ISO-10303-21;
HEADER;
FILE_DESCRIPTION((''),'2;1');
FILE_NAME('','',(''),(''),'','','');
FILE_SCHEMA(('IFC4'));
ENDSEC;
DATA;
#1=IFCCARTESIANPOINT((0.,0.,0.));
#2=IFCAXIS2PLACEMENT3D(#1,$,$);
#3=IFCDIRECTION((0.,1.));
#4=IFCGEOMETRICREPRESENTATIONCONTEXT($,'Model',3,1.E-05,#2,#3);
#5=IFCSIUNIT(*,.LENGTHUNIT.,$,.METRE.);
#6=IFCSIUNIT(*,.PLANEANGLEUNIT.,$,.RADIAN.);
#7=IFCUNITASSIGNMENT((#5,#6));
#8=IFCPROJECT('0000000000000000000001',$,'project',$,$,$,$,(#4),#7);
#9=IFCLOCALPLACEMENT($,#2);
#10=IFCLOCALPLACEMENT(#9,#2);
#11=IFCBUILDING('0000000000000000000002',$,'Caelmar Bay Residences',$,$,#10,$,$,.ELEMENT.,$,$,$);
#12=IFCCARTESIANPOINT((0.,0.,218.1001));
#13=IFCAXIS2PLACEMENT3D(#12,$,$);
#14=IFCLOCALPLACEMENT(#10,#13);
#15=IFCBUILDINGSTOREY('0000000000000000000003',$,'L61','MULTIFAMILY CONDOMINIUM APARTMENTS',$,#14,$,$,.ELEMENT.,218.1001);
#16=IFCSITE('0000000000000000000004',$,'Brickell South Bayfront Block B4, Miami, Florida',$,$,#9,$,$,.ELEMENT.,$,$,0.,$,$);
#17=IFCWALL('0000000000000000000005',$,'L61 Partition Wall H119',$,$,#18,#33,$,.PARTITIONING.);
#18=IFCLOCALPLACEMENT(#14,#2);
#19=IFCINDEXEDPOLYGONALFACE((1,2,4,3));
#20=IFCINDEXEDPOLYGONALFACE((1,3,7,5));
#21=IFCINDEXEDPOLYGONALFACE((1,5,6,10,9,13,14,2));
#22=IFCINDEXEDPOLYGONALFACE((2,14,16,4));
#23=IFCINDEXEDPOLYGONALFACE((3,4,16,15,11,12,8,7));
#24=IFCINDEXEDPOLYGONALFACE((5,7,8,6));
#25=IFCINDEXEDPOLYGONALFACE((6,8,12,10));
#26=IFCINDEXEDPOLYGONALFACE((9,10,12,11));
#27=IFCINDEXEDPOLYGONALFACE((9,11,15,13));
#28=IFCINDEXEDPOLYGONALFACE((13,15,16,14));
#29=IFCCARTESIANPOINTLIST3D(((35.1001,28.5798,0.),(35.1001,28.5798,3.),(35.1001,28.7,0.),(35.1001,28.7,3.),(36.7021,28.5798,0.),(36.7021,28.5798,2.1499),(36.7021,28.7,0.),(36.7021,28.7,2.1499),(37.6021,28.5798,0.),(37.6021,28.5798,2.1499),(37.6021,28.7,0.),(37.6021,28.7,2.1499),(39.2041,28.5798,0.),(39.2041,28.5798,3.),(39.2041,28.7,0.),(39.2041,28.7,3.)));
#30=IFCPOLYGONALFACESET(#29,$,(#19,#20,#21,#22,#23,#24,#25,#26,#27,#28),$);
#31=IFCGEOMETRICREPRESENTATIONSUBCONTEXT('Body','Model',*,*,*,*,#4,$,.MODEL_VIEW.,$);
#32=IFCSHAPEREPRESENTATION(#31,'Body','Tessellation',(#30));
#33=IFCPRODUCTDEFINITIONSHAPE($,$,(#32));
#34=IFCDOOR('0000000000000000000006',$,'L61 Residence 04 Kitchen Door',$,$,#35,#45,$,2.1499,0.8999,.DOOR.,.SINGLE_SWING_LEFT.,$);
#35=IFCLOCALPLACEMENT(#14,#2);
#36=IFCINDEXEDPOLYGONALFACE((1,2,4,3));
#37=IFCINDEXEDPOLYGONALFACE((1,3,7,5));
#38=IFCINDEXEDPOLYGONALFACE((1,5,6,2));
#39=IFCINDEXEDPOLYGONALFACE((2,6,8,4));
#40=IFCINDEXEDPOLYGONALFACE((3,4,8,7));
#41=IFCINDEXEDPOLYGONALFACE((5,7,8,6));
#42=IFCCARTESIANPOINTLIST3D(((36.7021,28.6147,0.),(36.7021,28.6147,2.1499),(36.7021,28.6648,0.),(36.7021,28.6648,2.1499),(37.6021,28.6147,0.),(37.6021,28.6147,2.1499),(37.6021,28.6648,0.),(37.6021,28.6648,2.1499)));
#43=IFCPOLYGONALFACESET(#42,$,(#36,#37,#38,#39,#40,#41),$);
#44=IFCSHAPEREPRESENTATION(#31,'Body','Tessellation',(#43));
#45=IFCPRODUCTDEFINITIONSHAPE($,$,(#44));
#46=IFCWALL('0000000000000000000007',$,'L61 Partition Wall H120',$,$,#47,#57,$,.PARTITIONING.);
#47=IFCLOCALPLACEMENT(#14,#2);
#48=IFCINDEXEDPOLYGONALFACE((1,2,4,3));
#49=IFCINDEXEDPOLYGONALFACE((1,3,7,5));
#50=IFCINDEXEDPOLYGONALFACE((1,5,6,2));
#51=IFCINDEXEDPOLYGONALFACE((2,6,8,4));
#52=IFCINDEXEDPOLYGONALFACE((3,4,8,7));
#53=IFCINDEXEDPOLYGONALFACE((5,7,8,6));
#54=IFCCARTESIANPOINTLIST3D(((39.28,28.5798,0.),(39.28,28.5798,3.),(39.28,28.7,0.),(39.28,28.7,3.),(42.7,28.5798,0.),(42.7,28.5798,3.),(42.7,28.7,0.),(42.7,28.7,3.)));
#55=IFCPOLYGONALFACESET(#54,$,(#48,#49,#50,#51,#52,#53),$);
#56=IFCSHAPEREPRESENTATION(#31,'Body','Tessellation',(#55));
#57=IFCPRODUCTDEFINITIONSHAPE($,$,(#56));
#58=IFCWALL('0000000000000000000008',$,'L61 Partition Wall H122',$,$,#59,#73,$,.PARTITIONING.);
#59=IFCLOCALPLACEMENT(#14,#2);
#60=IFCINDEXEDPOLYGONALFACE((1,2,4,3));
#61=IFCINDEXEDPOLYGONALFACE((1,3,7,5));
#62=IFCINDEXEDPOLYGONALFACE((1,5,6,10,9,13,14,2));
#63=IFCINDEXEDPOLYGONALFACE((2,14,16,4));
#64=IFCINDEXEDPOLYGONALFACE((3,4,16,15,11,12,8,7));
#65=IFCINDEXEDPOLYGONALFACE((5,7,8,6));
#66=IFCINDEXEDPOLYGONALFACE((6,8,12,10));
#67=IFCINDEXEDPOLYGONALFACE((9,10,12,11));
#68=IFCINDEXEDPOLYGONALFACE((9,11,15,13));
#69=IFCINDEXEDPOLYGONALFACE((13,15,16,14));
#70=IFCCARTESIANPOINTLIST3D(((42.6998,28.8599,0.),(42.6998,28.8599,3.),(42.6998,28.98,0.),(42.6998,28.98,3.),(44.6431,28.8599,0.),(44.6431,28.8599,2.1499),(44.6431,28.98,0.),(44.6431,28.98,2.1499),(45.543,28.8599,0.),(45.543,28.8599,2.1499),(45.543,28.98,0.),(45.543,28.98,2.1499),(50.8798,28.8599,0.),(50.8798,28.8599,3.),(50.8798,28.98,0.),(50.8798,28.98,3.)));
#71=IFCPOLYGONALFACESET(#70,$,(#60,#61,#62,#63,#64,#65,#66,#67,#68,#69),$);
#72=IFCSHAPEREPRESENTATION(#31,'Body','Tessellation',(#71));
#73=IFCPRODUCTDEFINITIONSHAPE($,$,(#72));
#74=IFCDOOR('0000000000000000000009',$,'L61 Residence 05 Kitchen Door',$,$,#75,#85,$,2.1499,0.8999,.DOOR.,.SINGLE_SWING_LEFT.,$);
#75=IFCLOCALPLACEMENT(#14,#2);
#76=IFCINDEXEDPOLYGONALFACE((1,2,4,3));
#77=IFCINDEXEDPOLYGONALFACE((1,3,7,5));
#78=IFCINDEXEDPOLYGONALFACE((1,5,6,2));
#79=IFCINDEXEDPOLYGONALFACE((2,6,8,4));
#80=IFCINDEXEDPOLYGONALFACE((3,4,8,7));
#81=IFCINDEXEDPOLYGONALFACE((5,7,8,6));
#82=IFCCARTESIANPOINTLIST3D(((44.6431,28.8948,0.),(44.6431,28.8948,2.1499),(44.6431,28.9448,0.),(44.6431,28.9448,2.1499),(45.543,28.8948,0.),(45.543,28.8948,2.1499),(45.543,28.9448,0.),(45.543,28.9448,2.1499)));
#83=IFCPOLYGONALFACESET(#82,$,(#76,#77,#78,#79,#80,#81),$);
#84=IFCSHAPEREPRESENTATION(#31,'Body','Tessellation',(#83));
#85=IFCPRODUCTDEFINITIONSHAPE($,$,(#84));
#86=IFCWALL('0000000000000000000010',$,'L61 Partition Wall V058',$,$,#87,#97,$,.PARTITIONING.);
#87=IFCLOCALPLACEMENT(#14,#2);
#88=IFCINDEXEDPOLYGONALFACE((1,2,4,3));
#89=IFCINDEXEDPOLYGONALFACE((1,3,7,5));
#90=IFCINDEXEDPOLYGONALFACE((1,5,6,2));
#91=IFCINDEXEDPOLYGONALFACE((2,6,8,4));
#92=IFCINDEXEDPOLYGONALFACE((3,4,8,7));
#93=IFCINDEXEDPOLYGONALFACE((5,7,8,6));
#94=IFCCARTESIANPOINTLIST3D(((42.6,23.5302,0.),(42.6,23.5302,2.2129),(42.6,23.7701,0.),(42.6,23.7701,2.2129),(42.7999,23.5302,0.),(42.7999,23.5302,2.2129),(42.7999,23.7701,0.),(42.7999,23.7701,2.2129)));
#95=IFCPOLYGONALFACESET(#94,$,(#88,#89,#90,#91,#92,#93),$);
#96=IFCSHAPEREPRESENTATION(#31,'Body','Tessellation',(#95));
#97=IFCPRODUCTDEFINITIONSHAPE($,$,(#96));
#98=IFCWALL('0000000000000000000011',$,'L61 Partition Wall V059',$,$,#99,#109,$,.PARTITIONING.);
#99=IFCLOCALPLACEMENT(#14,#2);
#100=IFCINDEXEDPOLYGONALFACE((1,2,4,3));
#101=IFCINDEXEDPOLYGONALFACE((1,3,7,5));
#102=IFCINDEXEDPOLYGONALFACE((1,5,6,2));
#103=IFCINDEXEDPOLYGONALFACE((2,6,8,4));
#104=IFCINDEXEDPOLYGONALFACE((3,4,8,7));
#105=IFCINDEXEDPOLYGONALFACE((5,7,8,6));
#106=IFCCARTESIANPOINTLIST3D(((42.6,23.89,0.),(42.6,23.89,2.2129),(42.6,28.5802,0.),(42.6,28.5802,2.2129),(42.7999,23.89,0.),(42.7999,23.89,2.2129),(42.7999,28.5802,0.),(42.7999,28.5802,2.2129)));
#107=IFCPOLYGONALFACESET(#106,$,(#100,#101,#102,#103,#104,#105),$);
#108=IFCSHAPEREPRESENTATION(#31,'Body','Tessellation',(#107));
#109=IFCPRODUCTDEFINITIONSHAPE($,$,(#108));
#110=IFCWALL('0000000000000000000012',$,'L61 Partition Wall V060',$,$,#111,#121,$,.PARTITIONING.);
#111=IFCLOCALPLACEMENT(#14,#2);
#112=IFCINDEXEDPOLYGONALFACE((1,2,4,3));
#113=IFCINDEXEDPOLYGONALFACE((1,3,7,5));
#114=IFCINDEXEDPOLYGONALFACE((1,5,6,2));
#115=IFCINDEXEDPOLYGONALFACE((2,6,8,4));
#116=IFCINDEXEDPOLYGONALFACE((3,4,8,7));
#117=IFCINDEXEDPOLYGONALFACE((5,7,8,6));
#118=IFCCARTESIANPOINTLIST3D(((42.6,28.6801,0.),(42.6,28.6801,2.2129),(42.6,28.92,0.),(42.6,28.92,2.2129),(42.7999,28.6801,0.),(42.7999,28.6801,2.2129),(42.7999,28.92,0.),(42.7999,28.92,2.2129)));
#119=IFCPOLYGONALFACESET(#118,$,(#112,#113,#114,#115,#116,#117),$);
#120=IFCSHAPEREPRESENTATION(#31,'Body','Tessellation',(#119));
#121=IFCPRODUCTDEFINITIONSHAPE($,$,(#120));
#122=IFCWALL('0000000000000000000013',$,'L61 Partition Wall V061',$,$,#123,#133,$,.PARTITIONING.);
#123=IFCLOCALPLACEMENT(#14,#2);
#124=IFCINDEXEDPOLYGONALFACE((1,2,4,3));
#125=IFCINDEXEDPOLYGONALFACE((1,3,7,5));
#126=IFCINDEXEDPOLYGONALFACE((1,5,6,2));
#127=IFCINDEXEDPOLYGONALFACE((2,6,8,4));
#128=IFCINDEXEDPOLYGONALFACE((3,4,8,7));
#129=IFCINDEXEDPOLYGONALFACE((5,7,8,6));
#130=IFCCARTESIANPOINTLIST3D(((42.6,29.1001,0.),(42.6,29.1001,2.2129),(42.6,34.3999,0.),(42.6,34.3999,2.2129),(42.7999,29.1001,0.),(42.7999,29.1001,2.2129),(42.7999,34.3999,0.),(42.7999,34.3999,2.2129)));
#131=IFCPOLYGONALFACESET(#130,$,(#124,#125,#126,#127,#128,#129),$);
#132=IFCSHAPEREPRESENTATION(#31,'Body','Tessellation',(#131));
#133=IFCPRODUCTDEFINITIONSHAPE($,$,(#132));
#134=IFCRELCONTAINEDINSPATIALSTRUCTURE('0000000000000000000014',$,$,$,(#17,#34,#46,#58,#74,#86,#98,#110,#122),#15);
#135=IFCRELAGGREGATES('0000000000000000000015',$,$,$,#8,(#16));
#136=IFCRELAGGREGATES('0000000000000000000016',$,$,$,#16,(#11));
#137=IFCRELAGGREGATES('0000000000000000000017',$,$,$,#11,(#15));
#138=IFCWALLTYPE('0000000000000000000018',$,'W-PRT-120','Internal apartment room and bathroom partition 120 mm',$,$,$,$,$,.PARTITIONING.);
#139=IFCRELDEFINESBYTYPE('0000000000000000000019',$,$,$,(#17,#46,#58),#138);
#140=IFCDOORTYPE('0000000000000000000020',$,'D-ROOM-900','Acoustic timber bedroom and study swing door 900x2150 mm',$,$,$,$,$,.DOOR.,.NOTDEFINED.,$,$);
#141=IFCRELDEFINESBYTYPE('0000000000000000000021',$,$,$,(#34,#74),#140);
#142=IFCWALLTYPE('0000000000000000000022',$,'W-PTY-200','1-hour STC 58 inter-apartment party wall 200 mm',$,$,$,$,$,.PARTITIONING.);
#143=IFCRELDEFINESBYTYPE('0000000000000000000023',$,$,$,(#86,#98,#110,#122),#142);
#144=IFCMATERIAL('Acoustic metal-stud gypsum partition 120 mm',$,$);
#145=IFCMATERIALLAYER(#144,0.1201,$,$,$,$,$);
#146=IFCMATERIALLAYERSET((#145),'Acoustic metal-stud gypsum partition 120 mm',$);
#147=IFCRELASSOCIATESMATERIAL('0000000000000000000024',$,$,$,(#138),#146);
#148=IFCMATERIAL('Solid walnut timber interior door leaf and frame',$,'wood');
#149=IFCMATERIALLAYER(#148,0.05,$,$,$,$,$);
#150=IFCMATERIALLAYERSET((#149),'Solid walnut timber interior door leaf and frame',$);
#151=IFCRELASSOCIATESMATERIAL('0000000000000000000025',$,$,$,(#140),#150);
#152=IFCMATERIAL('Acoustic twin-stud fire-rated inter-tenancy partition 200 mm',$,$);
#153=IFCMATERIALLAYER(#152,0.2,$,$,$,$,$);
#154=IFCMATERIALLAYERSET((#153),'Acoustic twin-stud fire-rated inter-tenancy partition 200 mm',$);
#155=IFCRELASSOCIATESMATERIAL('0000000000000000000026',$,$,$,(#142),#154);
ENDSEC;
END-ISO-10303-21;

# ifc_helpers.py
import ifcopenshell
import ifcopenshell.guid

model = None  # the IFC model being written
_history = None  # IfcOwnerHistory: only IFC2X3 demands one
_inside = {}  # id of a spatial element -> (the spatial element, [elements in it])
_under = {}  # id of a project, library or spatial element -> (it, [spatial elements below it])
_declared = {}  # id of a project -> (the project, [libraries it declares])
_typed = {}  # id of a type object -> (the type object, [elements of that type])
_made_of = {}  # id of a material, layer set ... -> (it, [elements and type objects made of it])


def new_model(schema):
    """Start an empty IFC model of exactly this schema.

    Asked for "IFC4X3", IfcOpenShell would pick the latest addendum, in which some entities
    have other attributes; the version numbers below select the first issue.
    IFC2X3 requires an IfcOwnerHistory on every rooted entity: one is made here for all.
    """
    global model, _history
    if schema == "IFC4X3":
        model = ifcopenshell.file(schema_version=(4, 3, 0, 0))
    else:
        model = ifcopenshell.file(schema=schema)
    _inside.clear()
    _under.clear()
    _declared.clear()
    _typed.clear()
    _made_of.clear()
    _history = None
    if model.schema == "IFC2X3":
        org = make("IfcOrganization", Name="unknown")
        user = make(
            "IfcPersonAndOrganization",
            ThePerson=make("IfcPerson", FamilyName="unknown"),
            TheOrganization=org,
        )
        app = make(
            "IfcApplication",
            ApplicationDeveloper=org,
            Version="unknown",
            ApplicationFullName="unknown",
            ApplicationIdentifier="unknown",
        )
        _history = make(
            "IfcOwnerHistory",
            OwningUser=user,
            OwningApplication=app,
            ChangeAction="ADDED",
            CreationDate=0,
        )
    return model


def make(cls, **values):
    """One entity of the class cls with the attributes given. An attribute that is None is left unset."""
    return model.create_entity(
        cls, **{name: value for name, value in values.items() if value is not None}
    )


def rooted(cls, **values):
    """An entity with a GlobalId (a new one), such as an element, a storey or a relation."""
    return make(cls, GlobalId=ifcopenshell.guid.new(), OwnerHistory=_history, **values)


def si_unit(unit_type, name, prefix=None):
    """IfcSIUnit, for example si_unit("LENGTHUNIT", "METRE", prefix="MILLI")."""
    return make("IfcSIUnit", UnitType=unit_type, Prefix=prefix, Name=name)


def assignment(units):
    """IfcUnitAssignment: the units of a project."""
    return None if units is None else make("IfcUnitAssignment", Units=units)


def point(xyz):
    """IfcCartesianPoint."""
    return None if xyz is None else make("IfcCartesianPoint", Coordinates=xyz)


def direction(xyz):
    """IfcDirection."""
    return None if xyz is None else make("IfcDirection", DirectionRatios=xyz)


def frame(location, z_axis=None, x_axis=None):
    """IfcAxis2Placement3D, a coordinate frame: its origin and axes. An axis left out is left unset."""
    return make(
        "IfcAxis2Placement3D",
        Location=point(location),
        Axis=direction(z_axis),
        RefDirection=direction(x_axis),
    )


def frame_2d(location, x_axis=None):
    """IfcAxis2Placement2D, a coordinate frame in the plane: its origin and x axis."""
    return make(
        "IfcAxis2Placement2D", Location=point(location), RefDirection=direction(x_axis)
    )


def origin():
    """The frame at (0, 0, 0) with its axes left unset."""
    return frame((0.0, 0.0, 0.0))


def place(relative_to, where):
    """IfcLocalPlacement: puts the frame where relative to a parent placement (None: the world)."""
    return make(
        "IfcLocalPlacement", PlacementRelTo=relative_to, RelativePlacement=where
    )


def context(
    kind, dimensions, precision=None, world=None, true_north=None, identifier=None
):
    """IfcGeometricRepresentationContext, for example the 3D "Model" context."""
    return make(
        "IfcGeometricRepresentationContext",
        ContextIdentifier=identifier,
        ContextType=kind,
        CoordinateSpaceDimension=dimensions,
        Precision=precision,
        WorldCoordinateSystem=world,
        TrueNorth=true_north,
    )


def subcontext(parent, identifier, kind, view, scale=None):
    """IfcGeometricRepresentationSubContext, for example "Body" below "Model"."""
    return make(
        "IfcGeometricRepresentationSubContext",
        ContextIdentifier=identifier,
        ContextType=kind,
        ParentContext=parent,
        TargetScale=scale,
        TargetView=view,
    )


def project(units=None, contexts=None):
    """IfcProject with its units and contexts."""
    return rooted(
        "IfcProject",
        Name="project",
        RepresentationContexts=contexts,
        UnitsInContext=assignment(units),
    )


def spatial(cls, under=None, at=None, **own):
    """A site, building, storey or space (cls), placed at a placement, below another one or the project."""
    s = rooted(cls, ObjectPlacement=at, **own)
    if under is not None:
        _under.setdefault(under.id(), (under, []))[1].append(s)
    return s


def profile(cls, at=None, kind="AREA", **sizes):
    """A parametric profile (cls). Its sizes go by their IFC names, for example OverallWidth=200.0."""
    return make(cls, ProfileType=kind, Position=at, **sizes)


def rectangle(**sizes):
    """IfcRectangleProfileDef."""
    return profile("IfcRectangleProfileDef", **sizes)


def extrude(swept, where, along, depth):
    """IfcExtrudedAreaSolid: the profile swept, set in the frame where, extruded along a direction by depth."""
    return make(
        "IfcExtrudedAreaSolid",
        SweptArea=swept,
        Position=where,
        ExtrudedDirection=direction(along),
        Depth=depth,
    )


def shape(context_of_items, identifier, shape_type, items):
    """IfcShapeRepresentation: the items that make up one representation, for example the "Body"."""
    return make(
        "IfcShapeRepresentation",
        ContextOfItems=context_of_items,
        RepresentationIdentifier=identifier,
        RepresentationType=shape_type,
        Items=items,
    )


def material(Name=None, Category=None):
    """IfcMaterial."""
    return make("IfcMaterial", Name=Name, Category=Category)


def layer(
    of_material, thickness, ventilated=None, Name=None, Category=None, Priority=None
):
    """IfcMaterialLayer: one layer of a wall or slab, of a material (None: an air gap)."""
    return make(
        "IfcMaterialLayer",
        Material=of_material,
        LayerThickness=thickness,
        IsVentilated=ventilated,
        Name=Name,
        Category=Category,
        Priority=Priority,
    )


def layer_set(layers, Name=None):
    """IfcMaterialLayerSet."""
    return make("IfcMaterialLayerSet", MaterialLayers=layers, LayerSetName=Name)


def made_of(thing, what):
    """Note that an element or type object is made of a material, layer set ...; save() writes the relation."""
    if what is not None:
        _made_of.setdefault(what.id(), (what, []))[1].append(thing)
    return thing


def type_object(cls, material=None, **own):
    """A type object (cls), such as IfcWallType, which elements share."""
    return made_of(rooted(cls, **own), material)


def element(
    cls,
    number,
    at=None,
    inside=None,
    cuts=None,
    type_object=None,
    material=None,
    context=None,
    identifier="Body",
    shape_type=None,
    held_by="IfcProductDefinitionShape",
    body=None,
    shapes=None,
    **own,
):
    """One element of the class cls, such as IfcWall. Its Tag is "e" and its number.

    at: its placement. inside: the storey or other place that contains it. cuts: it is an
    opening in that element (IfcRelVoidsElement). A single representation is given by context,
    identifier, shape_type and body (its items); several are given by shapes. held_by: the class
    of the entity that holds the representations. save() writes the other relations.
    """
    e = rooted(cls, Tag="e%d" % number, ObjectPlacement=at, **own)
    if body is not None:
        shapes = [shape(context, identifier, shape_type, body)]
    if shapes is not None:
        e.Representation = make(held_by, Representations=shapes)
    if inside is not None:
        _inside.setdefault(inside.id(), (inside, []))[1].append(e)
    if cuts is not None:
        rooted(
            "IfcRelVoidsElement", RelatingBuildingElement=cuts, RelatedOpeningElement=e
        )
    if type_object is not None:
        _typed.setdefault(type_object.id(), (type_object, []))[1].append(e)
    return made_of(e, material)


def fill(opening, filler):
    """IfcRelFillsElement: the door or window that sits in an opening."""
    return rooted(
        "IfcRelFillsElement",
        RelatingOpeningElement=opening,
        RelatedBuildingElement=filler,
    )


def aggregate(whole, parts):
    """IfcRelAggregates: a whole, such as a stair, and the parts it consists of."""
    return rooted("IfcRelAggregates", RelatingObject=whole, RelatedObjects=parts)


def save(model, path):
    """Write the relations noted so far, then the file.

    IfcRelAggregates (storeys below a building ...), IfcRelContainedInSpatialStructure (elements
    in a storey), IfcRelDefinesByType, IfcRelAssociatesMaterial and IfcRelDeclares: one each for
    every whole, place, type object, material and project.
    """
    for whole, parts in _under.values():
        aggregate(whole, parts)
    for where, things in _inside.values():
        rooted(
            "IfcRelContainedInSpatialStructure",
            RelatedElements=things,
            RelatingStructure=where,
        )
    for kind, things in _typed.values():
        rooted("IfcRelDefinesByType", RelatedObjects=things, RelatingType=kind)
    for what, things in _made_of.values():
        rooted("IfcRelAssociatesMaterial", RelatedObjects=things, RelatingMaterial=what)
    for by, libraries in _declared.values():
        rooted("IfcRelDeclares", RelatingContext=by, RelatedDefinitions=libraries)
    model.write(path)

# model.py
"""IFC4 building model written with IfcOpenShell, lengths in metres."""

from ifc_helpers import new_model, si_unit, direction, frame, frame_2d, origin, place, context, subcontext, project, spatial, rectangle, extrude, material, layer, layer_set, type_object, element, fill, save


model = new_model("IFC4")

# Units and contexts
model_context = context("Model", 3, precision=1e-05, world=origin(), true_north=direction((0.0, 1.0)))
body_context = subcontext(model_context, "Body", "Model", "MODEL_VIEW")
ifc_project = project(units=[si_unit("LENGTHUNIT", "METRE"), si_unit("PLANEANGLEUNIT", "RADIAN")], contexts=[model_context])

# Site, building, storey
site_placement = place(None, origin())
site = spatial("IfcSite", under=ifc_project, at=site_placement, Name="Brickell South Bayfront Block B4, Miami, Florida", CompositionType="ELEMENT", RefElevation=0.0)
building_placement = place(site_placement, origin())
building = spatial("IfcBuilding", under=site, at=building_placement, Name="Caelmar Bay Residences", CompositionType="ELEMENT")
storey_placement = place(building_placement, frame((0.0, 0.0, 218.1001)))
storey = spatial("IfcBuildingStorey", under=building, at=storey_placement, Name="L61", Description="MULTIFAMILY CONDOMINIUM APARTMENTS", CompositionType="ELEMENT", Elevation=218.1001)

# Shared definitions
ifc_material_1 = material(Name="Acoustic metal-stud gypsum partition 120 mm")
ifc_layer_1 = layer(ifc_material_1, 0.1201)
ifc_layer_set_1 = layer_set([ifc_layer_1], Name="Acoustic metal-stud gypsum partition 120 mm")
wall_type_1 = type_object("IfcWallType", Name="W-PRT-120", Description="Internal apartment room and bathroom partition 120 mm", PredefinedType="PARTITIONING", material=ifc_layer_set_1)

# Shared definitions
ifc_material_2 = material(Name="Solid walnut timber interior door leaf and frame", Category="wood")
ifc_layer_2 = layer(ifc_material_2, 0.05)
ifc_layer_set_2 = layer_set([ifc_layer_2], Name="Solid walnut timber interior door leaf and frame")
door_type_1 = type_object("IfcDoorType", Name="D-ROOM-900", Description="Acoustic timber bedroom and study swing door 900x2150 mm", OperationType="NOTDEFINED", PredefinedType="DOOR", material=ifc_layer_set_2)

# Wall, opening, door
wall_1_placement = place(storey_placement, frame((35.1001, 28.6399, 0.0), z_axis=(0.0, 0.0, 1.0), x_axis=(1.0, 0.0, 0.0)))
wall_1 = element("IfcWall", 1, at=wall_1_placement, inside=storey, type_object=wall_type_1, Name="L61 Partition Wall H119", PredefinedType="PARTITIONING", context=body_context, shape_type="SweptSolid", body=[
    extrude(rectangle(XDim=4.104, YDim=0.1201, at=frame_2d((2.052, 0.0))), origin(), (0.0, 0.0, 1.0), 3.0),
])
opening_1_placement = place(wall_1_placement, frame((1.6021, 0.0, 0.0)))
opening_1 = element("IfcOpeningElement", 2, at=opening_1_placement, cuts=wall_1, PredefinedType="OPENING", context=body_context, shape_type="SweptSolid", body=[
    extrude(rectangle(XDim=0.8999, YDim=2.1499, at=frame_2d((0.45, 1.075))), frame((0.0, 0.0701, 0.0), z_axis=(0.0, -1.0, 0.0), x_axis=(1.0, 0.0, 0.0)), (0.0, 0.0, 1.0), 0.1401),
])
door_1_placement = place(opening_1_placement, origin())
door_1 = element("IfcDoor", 3, at=door_1_placement, inside=storey, type_object=door_type_1, Name="L61 Residence 04 Kitchen Door", OperationType="SINGLE_SWING_LEFT", OverallHeight=2.1499, OverallWidth=0.8999, PredefinedType="DOOR", context=body_context, shape_type="SweptSolid", body=[
    extrude(rectangle(XDim=0.8999, YDim=2.1499, at=frame_2d((0.45, 1.075))), frame((0.0, 0.0249, 0.0), z_axis=(0.0, -1.0, 0.0), x_axis=(1.0, 0.0, 0.0)), (0.0, 0.0, 1.0), 0.05),
])
fill(opening_1, door_1)

# Wall
wall_2_placement = place(storey_placement, frame((39.28, 28.6399, 0.0), z_axis=(0.0, 0.0, 1.0), x_axis=(1.0, 0.0, 0.0)))
element("IfcWall", 4, at=wall_2_placement, inside=storey, type_object=wall_type_1, Name="L61 Partition Wall H120", PredefinedType="PARTITIONING", context=body_context, shape_type="SweptSolid", body=[
    extrude(rectangle(XDim=3.4199, YDim=0.1201, at=frame_2d((1.71, 0.0))), origin(), (0.0, 0.0, 1.0), 3.0),
])

# Wall, opening, door
wall_3_placement = place(storey_placement, frame((42.7, 28.9199, 0.0), z_axis=(0.0, 0.0, 1.0), x_axis=(1.0, 0.0, 0.0)))
wall_3 = element("IfcWall", 5, at=wall_3_placement, inside=storey, type_object=wall_type_1, Name="L61 Partition Wall H122", PredefinedType="PARTITIONING", context=body_context, shape_type="SweptSolid", body=[
    extrude(rectangle(XDim=8.1799, YDim=0.1201, at=frame_2d((4.0898, 0.0))), origin(), (0.0, 0.0, 1.0), 3.0),
])
opening_2_placement = place(wall_3_placement, frame((1.9431, 0.0, 0.0)))
opening_2 = element("IfcOpeningElement", 6, at=opening_2_placement, cuts=wall_3, PredefinedType="OPENING", context=body_context, shape_type="SweptSolid", body=[
    extrude(rectangle(XDim=0.8999, YDim=2.1499, at=frame_2d((0.45, 1.075))), frame((0.0, 0.0701, 0.0), z_axis=(0.0, -1.0, 0.0), x_axis=(1.0, 0.0, 0.0)), (0.0, 0.0, 1.0), 0.1401),
])
door_2_placement = place(opening_2_placement, origin())
door_2 = element("IfcDoor", 7, at=door_2_placement, inside=storey, type_object=door_type_1, Name="L61 Residence 05 Kitchen Door", OperationType="SINGLE_SWING_LEFT", OverallHeight=2.1499, OverallWidth=0.8999, PredefinedType="DOOR", context=body_context, shape_type="SweptSolid", body=[
    extrude(rectangle(XDim=0.8999, YDim=2.1499, at=frame_2d((0.45, 1.075))), frame((0.0, 0.0249, 0.0), z_axis=(0.0, -1.0, 0.0), x_axis=(1.0, 0.0, 0.0)), (0.0, 0.0, 1.0), 0.05),
])
fill(opening_2, door_2)

# Walls
ifc_material_3 = material(Name="Acoustic twin-stud fire-rated inter-tenancy partition 200 mm")
ifc_layer_3 = layer(ifc_material_3, 0.2)
ifc_layer_set_3 = layer_set([ifc_layer_3], Name="Acoustic twin-stud fire-rated inter-tenancy partition 200 mm")
wall_type_2 = type_object("IfcWallType", Name="W-PTY-200", Description="1-hour STC 58 inter-apartment party wall 200 mm", PredefinedType="PARTITIONING", material=ifc_layer_set_3)
wall_4_placement = place(storey_placement, frame((42.7, 23.53, 0.0), z_axis=(0.0, 0.0, 1.0), x_axis=(0.0, 1.0, 0.0)))
element("IfcWall", 8, at=wall_4_placement, inside=storey, type_object=wall_type_2, Name="L61 Partition Wall V058", PredefinedType="PARTITIONING", context=body_context, shape_type="SweptSolid", body=[
    extrude(rectangle(XDim=0.24, YDim=0.2, at=frame_2d((0.1201, 0.0))), origin(), (0.0, 0.0, 1.0), 2.2129),
])
wall_5_placement = place(storey_placement, frame((42.7, 23.8899, 0.0), z_axis=(0.0, 0.0, 1.0), x_axis=(0.0, 1.0, 0.0)))
element("IfcWall", 9, at=wall_5_placement, inside=storey, type_object=wall_type_2, Name="L61 Partition Wall V059", PredefinedType="PARTITIONING", context=body_context, shape_type="SweptSolid", body=[
    extrude(rectangle(XDim=4.6902, YDim=0.2, at=frame_2d((2.3452, 0.0))), origin(), (0.0, 0.0, 1.0), 2.2129),
])
wall_6_placement = place(storey_placement, frame((42.7, 28.6799, 0.0), z_axis=(0.0, 0.0, 1.0), x_axis=(0.0, 1.0, 0.0)))
element("IfcWall", 10, at=wall_6_placement, inside=storey, type_object=wall_type_2, Name="L61 Partition Wall V060", PredefinedType="PARTITIONING", context=body_context, shape_type="SweptSolid", body=[
    extrude(rectangle(XDim=0.24, YDim=0.2, at=frame_2d((0.1201, 0.0))), origin(), (0.0, 0.0, 1.0), 2.2129),
])
wall_7_placement = place(storey_placement, frame((42.7, 29.1001, 0.0), z_axis=(0.0, 0.0, 1.0), x_axis=(0.0, 1.0, 0.0)))
element("IfcWall", 11, at=wall_7_placement, inside=storey, type_object=wall_type_2, Name="L61 Partition Wall V061", PredefinedType="PARTITIONING", context=body_context, shape_type="SweptSolid", body=[
    extrude(rectangle(XDim=5.2998, YDim=0.2, at=frame_2d((2.6499, 0.0))), origin(), (0.0, 0.0, 1.0), 2.2129),
])

save(model, "model.ifc")
